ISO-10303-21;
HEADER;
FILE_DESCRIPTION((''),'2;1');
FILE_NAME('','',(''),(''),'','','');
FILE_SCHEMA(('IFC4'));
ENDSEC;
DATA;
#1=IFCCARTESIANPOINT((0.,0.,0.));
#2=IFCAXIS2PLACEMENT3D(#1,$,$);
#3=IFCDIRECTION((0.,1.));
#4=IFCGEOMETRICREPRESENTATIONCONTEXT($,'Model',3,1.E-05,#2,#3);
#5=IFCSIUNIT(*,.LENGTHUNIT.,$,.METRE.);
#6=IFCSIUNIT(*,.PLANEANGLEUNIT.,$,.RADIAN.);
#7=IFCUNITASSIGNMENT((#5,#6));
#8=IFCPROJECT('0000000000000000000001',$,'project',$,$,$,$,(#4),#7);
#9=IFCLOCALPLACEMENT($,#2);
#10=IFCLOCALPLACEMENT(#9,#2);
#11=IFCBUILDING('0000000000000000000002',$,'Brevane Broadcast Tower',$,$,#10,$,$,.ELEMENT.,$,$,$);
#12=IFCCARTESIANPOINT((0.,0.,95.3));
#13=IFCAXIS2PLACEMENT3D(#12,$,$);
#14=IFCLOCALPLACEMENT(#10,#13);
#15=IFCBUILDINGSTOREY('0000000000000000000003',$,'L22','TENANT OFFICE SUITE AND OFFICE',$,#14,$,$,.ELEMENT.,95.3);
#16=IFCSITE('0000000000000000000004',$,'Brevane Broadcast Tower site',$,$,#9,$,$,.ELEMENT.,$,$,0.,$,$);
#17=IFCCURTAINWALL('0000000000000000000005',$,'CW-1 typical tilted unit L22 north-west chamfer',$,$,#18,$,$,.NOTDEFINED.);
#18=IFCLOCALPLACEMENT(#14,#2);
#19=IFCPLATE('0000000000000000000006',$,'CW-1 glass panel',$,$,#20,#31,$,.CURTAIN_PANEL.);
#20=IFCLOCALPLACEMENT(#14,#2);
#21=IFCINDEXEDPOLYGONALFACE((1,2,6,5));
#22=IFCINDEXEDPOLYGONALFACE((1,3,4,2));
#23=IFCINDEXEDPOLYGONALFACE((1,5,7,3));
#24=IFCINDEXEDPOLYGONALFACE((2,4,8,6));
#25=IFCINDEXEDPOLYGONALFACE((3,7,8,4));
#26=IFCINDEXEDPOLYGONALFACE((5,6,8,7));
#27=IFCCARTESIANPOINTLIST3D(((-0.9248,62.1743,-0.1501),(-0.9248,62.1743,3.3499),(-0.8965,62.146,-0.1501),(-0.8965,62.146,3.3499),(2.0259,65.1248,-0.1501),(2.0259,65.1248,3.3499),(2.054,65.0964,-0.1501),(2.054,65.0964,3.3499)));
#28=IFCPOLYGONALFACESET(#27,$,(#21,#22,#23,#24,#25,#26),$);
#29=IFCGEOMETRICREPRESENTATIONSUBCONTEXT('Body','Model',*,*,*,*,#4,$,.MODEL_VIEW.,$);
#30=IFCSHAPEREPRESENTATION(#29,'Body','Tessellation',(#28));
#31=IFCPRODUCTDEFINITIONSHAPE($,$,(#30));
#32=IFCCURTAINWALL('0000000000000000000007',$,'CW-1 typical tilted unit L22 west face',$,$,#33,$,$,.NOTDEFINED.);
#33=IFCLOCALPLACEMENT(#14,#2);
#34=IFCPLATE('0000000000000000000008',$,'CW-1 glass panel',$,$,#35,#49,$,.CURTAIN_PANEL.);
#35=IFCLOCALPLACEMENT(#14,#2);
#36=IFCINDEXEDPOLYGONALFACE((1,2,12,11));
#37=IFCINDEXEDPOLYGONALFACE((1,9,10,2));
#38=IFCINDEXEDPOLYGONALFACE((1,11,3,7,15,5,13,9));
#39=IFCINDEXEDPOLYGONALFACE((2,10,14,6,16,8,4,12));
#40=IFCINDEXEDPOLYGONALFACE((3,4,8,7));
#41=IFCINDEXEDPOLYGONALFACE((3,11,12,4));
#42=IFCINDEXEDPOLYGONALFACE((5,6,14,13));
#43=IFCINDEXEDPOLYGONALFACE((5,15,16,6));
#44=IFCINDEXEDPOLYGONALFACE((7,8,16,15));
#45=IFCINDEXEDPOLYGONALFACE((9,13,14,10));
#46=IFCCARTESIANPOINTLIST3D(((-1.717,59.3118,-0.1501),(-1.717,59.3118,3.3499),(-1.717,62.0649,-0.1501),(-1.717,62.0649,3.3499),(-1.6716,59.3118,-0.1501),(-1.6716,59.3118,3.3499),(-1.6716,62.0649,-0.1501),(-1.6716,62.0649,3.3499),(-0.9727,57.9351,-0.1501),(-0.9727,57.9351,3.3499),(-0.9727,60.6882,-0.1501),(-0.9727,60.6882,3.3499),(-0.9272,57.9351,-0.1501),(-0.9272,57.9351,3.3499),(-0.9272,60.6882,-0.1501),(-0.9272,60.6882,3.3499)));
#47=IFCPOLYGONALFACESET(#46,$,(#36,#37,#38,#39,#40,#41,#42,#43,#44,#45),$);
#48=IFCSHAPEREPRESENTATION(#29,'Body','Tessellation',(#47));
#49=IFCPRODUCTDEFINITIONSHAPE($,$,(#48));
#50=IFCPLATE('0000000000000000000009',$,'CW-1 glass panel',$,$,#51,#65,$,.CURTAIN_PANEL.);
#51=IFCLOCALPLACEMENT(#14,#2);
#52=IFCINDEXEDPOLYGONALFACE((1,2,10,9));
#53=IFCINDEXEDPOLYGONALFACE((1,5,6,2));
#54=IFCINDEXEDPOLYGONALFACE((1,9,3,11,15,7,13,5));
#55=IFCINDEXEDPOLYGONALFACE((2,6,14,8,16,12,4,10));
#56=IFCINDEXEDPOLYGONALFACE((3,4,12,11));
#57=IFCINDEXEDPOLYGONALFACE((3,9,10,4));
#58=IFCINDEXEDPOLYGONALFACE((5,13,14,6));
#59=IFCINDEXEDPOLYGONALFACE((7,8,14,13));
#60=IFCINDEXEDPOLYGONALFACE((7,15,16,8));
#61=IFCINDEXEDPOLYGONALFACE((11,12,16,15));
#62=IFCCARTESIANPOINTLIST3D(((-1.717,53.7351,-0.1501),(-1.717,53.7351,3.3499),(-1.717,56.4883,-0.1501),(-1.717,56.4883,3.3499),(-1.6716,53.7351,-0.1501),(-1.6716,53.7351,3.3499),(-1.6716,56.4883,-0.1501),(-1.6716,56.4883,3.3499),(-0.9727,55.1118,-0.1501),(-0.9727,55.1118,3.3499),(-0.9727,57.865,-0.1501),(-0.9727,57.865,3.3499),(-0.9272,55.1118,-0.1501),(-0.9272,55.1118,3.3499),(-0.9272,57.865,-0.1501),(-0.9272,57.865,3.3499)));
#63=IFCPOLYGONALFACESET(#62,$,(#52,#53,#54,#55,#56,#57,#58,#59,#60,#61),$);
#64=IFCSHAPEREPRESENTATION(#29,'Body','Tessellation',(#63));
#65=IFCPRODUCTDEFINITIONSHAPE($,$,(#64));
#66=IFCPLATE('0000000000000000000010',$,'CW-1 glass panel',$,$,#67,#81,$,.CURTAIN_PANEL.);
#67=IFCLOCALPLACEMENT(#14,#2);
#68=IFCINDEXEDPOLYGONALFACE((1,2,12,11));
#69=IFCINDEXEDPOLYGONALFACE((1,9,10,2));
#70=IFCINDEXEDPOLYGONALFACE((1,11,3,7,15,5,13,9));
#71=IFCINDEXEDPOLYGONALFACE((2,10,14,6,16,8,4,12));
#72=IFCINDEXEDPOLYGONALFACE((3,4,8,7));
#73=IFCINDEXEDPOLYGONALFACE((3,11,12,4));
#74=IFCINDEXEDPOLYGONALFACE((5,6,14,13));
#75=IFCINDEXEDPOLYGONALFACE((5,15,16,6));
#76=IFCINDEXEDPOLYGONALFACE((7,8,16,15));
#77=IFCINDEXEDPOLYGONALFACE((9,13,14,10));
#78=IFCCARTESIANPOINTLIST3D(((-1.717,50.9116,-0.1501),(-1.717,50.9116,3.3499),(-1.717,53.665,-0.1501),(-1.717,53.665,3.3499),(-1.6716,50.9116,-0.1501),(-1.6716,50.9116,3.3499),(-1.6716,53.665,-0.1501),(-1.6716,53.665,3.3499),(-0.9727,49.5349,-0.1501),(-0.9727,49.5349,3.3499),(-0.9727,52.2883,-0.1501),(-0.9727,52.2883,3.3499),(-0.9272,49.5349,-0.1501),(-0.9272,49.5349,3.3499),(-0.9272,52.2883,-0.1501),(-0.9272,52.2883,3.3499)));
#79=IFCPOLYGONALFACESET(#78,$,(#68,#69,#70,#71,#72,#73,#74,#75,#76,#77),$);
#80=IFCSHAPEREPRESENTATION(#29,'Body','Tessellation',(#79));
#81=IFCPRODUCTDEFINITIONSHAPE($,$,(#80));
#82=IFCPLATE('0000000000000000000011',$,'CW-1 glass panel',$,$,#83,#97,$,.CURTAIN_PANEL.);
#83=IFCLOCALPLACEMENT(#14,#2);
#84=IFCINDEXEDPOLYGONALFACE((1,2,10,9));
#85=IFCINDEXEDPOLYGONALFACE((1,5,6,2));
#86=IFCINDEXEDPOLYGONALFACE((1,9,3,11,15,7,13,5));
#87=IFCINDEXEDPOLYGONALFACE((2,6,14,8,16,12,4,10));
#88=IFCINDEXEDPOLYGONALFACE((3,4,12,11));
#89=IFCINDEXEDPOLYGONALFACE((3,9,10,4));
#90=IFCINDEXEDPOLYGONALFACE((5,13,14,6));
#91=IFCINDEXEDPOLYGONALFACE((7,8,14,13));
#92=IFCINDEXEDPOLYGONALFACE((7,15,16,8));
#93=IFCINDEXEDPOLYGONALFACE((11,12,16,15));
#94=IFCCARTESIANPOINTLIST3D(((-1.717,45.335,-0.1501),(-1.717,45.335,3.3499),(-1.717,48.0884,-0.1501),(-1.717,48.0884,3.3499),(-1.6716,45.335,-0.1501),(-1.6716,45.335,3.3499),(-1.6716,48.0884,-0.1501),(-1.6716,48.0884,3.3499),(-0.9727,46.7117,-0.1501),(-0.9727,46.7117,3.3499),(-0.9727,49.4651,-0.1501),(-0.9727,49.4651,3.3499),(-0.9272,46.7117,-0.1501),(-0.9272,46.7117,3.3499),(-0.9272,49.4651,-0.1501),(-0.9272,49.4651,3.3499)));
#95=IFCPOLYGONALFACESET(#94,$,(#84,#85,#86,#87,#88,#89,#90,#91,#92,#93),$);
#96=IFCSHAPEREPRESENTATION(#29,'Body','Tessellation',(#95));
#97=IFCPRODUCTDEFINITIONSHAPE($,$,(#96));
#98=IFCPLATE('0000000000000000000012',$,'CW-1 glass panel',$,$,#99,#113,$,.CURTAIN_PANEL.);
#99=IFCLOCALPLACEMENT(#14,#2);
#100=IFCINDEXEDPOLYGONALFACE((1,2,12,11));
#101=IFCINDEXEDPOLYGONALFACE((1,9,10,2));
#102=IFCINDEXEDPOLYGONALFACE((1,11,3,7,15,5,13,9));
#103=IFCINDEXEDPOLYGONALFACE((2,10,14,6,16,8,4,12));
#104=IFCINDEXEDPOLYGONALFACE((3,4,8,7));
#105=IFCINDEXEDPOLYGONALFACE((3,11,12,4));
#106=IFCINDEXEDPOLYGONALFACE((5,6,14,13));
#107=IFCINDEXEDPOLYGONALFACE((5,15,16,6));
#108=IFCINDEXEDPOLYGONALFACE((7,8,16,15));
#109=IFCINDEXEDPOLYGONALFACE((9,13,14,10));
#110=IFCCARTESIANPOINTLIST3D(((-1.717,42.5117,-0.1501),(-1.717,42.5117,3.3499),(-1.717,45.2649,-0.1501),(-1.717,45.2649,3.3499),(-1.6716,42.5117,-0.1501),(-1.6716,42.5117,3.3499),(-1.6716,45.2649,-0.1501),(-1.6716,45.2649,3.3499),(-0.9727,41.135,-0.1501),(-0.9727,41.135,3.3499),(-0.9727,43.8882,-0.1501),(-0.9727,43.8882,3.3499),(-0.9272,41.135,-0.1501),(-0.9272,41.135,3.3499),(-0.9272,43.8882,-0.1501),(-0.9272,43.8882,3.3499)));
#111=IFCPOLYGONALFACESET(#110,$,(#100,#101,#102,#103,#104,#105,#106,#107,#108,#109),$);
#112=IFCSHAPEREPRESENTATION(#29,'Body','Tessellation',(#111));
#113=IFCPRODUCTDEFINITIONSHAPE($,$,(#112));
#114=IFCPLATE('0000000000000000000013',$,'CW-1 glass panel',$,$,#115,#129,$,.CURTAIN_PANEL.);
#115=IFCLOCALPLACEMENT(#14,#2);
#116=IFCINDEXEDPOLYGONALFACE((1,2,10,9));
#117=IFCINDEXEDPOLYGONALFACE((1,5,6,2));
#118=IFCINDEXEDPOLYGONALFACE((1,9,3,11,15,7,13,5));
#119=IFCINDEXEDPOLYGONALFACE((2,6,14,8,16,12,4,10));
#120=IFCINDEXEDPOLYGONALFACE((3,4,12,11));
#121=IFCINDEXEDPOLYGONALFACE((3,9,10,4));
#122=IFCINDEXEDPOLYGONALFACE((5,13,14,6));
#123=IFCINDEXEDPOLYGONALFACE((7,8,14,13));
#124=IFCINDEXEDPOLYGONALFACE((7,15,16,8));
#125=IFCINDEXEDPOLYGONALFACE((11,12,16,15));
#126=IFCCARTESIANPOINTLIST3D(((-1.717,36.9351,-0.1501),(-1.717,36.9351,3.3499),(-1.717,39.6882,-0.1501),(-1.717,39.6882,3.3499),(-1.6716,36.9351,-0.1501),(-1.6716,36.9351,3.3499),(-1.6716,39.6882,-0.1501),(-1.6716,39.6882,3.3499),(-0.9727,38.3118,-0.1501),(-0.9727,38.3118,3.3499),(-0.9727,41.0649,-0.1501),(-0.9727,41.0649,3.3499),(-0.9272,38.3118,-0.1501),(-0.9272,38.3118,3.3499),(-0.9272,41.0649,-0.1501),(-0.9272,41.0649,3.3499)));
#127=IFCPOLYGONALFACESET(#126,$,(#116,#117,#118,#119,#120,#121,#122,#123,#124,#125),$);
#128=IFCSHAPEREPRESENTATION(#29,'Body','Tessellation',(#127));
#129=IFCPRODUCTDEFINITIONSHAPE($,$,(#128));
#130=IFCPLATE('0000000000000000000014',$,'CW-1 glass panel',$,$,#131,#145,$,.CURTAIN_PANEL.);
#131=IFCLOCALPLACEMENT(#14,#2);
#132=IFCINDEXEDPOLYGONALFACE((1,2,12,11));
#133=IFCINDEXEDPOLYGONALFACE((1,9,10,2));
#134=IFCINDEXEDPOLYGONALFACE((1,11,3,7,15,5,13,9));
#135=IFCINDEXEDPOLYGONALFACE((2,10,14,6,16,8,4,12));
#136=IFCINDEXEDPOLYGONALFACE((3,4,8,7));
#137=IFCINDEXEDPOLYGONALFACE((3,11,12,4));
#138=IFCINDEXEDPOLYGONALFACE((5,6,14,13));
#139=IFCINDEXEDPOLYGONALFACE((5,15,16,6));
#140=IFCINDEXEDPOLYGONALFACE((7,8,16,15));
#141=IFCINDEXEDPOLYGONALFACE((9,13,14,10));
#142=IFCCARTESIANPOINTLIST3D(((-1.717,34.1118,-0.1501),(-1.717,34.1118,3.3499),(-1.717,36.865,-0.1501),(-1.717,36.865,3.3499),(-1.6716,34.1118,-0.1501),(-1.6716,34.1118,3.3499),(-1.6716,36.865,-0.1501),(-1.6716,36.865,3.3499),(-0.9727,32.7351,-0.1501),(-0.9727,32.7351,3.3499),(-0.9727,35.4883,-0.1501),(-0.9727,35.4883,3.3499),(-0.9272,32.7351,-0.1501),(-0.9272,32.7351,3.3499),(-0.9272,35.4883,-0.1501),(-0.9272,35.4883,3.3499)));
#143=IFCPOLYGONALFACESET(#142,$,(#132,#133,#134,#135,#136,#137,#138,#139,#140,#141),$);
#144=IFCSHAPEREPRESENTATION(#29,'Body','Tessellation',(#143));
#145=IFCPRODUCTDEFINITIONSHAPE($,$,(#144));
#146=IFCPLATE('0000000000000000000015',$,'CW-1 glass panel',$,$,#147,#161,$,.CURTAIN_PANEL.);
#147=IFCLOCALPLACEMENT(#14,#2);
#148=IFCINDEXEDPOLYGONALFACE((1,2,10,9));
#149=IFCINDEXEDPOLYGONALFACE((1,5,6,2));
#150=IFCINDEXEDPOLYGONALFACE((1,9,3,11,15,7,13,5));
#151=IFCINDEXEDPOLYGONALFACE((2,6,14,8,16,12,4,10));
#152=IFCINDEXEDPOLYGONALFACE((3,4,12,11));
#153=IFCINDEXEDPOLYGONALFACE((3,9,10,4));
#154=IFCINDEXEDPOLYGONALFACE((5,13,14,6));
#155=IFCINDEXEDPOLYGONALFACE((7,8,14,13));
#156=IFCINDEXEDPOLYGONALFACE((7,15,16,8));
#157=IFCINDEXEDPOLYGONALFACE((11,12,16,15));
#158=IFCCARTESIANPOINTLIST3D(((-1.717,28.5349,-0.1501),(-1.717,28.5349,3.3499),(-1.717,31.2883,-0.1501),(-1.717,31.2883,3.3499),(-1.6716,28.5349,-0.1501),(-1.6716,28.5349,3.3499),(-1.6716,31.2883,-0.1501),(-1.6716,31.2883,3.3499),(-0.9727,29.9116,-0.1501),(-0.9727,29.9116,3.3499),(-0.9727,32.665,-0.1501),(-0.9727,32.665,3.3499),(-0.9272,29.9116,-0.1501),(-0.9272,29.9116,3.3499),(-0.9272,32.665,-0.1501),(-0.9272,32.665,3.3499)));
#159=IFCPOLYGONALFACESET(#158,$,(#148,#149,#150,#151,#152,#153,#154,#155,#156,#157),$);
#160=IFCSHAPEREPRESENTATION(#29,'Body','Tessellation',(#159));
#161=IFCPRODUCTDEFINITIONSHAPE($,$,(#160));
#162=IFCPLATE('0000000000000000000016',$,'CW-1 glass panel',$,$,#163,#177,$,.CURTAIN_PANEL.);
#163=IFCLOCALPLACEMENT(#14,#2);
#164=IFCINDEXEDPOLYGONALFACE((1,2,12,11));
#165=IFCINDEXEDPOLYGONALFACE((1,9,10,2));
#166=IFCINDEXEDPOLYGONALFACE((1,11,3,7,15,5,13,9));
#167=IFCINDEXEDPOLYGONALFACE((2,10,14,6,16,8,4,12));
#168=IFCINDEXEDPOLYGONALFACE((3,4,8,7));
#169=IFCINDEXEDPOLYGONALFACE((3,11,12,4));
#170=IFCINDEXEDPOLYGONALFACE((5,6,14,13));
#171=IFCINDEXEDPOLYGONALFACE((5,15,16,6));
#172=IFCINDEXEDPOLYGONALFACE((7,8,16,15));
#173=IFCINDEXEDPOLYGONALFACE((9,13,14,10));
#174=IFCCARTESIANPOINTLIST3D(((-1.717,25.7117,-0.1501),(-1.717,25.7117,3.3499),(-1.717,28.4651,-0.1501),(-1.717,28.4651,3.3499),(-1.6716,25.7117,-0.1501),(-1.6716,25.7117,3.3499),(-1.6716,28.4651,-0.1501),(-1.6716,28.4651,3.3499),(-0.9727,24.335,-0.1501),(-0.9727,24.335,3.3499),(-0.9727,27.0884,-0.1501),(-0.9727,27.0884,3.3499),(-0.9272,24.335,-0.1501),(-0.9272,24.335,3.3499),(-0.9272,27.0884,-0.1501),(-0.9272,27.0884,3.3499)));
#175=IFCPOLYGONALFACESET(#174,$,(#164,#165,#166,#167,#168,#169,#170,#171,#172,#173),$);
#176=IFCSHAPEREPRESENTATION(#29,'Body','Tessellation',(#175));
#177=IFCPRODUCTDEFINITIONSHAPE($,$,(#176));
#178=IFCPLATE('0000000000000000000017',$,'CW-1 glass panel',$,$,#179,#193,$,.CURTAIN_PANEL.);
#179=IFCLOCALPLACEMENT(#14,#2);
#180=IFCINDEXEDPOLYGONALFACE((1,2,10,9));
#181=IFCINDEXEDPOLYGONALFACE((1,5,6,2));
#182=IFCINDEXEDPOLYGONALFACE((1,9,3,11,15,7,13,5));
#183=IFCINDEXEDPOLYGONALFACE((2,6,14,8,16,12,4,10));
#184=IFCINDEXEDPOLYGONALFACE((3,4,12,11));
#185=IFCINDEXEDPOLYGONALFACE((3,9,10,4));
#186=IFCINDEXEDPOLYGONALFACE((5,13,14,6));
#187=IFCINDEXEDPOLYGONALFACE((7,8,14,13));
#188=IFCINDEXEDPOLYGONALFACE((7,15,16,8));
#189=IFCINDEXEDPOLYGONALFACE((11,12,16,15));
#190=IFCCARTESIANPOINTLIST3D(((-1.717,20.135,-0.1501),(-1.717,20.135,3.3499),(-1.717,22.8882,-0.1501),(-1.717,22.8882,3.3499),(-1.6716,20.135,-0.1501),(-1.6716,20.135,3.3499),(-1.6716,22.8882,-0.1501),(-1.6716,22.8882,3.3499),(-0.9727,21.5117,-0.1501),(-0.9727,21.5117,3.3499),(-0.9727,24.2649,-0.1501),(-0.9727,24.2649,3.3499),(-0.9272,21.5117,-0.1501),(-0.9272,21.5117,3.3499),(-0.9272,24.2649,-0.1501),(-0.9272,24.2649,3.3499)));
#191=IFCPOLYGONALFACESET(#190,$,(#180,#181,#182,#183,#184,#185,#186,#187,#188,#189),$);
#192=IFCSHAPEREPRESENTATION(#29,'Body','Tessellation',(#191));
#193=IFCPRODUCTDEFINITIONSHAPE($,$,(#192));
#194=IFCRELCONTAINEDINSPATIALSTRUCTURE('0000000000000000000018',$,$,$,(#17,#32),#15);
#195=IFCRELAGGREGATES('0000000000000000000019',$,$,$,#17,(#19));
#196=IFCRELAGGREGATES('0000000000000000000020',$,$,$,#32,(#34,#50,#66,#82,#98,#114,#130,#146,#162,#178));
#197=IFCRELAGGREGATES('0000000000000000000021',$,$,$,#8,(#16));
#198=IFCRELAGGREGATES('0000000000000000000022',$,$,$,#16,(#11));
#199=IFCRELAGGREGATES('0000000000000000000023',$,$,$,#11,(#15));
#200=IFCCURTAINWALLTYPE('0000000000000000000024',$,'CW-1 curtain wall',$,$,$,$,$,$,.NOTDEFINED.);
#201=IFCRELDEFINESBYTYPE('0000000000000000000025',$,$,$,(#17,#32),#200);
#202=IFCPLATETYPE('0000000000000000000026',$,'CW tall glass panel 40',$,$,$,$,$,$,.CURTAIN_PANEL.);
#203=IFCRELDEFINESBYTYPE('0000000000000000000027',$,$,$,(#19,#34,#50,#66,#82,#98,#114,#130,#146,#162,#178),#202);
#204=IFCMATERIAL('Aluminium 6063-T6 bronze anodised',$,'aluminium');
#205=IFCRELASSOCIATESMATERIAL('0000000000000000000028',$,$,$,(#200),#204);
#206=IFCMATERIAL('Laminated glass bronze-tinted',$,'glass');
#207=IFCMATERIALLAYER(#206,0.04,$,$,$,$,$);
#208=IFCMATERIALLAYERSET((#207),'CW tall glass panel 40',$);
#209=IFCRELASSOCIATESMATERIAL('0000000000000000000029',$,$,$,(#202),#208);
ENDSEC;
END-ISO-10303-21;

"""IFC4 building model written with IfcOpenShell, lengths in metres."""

from ifc_helpers import new_model, si_unit, direction, frame, origin, place, context, subcontext, project, spatial, polyline, outline, extrude, material, layer, layer_set, type_object, element, aggregate, save


model = new_model("IFC4")

# Units and contexts
model_context = context("Model", 3, precision=1e-05, world=origin(), true_north=direction((0.0, 1.0)))
body_context = subcontext(model_context, "Body", "Model", "MODEL_VIEW")
ifc_project = project(units=[si_unit("LENGTHUNIT", "METRE"), si_unit("PLANEANGLEUNIT", "RADIAN")], contexts=[model_context])

# Site, building, storey
site_placement = place(None, origin())
site = spatial("IfcSite", under=ifc_project, at=site_placement, Name="Brevane Broadcast Tower site", CompositionType="ELEMENT", RefElevation=0.0)
building_placement = place(site_placement, origin())
building = spatial("IfcBuilding", under=site, at=building_placement, Name="Brevane Broadcast Tower", CompositionType="ELEMENT")
storey_placement = place(building_placement, frame((0.0, 0.0, 95.3)))
storey = spatial("IfcBuildingStorey", under=building, at=storey_placement, Name="L22", Description="TENANT OFFICE SUITE AND OFFICE", CompositionType="ELEMENT", Elevation=95.3)

# Curtain wall, plate
ifc_material_1 = material(Name="Aluminium 6063-T6 bronze anodised", Category="aluminium")
curtain_wall_type = type_object("IfcCurtainWallType", Name="CW-1 curtain wall", PredefinedType="NOTDEFINED", material=ifc_material_1)
curtain_wall_1_placement = place(storey_placement, origin())
curtain_wall_1 = element("IfcCurtainWall", 1, at=curtain_wall_1_placement, inside=storey, type_object=curtain_wall_type, Name="CW-1 typical tilted unit L22 north-west chamfer", PredefinedType="NOTDEFINED")
ifc_material_2 = material(Name="Laminated glass bronze-tinted", Category="glass")
ifc_layer_1 = layer(ifc_material_2, 0.04)
ifc_layer_set_1 = layer_set([ifc_layer_1], Name="CW tall glass panel 40")
plate_type = type_object("IfcPlateType", Name="CW tall glass panel 40", PredefinedType="CURTAIN_PANEL", material=ifc_layer_set_1)
plate_1_placement = place(storey_placement, frame((0.0, 0.0, -0.1501)))
plate_1 = element("IfcPlate", 2, at=plate_1_placement, type_object=plate_type, Name="CW-1 glass panel", PredefinedType="CURTAIN_PANEL", context=body_context, shape_type="SweptSolid", body=[
    extrude(outline(polyline([(2.054, 65.0964), (-0.8965, 62.146), (-0.9248, 62.1743), (2.0259, 65.1248), (2.054, 65.0964)])), origin(), (0.0, 0.0, 1.0), 3.5),
])
aggregate(curtain_wall_1, [plate_1])

# Curtain wall, plates
curtain_wall_2_placement = place(storey_placement, origin())
curtain_wall_2 = element("IfcCurtainWall", 3, at=curtain_wall_2_placement, inside=storey, type_object=curtain_wall_type, Name="CW-1 typical tilted unit L22 west face", PredefinedType="NOTDEFINED")
plate_2_placement = place(storey_placement, frame((0.0, 0.0, -0.1501)))
plate_2 = element("IfcPlate", 4, at=plate_2_placement, type_object=plate_type, Name="CW-1 glass panel", PredefinedType="CURTAIN_PANEL", context=body_context, shape_type="SweptSolid", body=[
    extrude(outline(polyline([(-1.6716, 62.0649), (-1.717, 62.0649), (-0.9727, 60.6882), (-1.717, 59.3118), (-0.9727, 57.9351), (-0.9272, 57.9351), (-1.6716, 59.3118), (-0.9272, 60.6882), (-1.6716, 62.0649)])), origin(), (0.0, 0.0, 1.0), 3.5),
])
plate_3_placement = place(storey_placement, frame((0.0, 0.0, -0.1501)))
plate_3 = element("IfcPlate", 5, at=plate_3_placement, type_object=plate_type, Name="CW-1 glass panel", PredefinedType="CURTAIN_PANEL", context=body_context, shape_type="SweptSolid", body=[
    extrude(outline(polyline([(-0.9272, 57.865), (-0.9727, 57.865), (-1.717, 56.4883), (-0.9727, 55.1118), (-1.717, 53.7351), (-1.6716, 53.7351), (-0.9272, 55.1118), (-1.6716, 56.4883), (-0.9272, 57.865)])), origin(), (0.0, 0.0, 1.0), 3.5),
])
plate_4_placement = place(storey_placement, frame((0.0, 0.0, -0.1501)))
plate_4 = element("IfcPlate", 6, at=plate_4_placement, type_object=plate_type, Name="CW-1 glass panel", PredefinedType="CURTAIN_PANEL", context=body_context, shape_type="SweptSolid", body=[
    extrude(outline(polyline([(-1.6716, 53.665), (-1.717, 53.665), (-0.9727, 52.2883), (-1.717, 50.9116), (-0.9727, 49.5349), (-0.9272, 49.5349), (-1.6716, 50.9116), (-0.9272, 52.2883), (-1.6716, 53.665)])), origin(), (0.0, 0.0, 1.0), 3.5),
])
plate_5_placement = place(storey_placement, frame((0.0, 0.0, -0.1501)))
plate_5 = element("IfcPlate", 7, at=plate_5_placement, type_object=plate_type, Name="CW-1 glass panel", PredefinedType="CURTAIN_PANEL", context=body_context, shape_type="SweptSolid", body=[
    extrude(outline(polyline([(-0.9272, 49.4651), (-0.9727, 49.4651), (-1.717, 48.0884), (-0.9727, 46.7117), (-1.717, 45.335), (-1.6716, 45.335), (-0.9272, 46.7117), (-1.6716, 48.0884), (-0.9272, 49.4651)])), origin(), (0.0, 0.0, 1.0), 3.5),
])
plate_6_placement = place(storey_placement, frame((0.0, 0.0, -0.1501)))
plate_6 = element("IfcPlate", 8, at=plate_6_placement, type_object=plate_type, Name="CW-1 glass panel", PredefinedType="CURTAIN_PANEL", context=body_context, shape_type="SweptSolid", body=[
    extrude(outline(polyline([(-1.6716, 45.2649), (-1.717, 45.2649), (-0.9727, 43.8882), (-1.717, 42.5117), (-0.9727, 41.135), (-0.9272, 41.135), (-1.6716, 42.5117), (-0.9272, 43.8882), (-1.6716, 45.2649)])), origin(), (0.0, 0.0, 1.0), 3.5),
])
plate_7_placement = place(storey_placement, frame((0.0, 0.0, -0.1501)))
plate_7 = element("IfcPlate", 9, at=plate_7_placement, type_object=plate_type, Name="CW-1 glass panel", PredefinedType="CURTAIN_PANEL", context=body_context, shape_type="SweptSolid", body=[
    extrude(outline(polyline([(-0.9272, 41.0649), (-0.9727, 41.0649), (-1.717, 39.6882), (-0.9727, 38.3118), (-1.717, 36.9351), (-1.6716, 36.9351), (-0.9272, 38.3118), (-1.6716, 39.6882), (-0.9272, 41.0649)])), origin(), (0.0, 0.0, 1.0), 3.5),
])
plate_8_placement = place(storey_placement, frame((0.0, 0.0, -0.1501)))
plate_8 = element("IfcPlate", 10, at=plate_8_placement, type_object=plate_type, Name="CW-1 glass panel", PredefinedType="CURTAIN_PANEL", context=body_context, shape_type="SweptSolid", body=[
    extrude(outline(polyline([(-1.6716, 36.865), (-1.717, 36.865), (-0.9727, 35.4883), (-1.717, 34.1118), (-0.9727, 32.7351), (-0.9272, 32.7351), (-1.6716, 34.1118), (-0.9272, 35.4883), (-1.6716, 36.865)])), origin(), (0.0, 0.0, 1.0), 3.5),
])
plate_9_placement = place(storey_placement, frame((0.0, 0.0, -0.1501)))
plate_9 = element("IfcPlate", 11, at=plate_9_placement, type_object=plate_type, Name="CW-1 glass panel", PredefinedType="CURTAIN_PANEL", context=body_context, shape_type="SweptSolid", body=[
    extrude(outline(polyline([(-0.9272, 32.665), (-0.9727, 32.665), (-1.717, 31.2883), (-0.9727, 29.9116), (-1.717, 28.5349), (-1.6716, 28.5349), (-0.9272, 29.9116), (-1.6716, 31.2883), (-0.9272, 32.665)])), origin(), (0.0, 0.0, 1.0), 3.5),
])
plate_10_placement = place(storey_placement, frame((0.0, 0.0, -0.1501)))
plate_10 = element("IfcPlate", 12, at=plate_10_placement, type_object=plate_type, Name="CW-1 glass panel", PredefinedType="CURTAIN_PANEL", context=body_context, shape_type="SweptSolid", body=[
    extrude(outline(polyline([(-1.6716, 28.4651), (-1.717, 28.4651), (-0.9727, 27.0884), (-1.717, 25.7117), (-0.9727, 24.335), (-0.9272, 24.335), (-1.6716, 25.7117), (-0.9272, 27.0884), (-1.6716, 28.4651)])), origin(), (0.0, 0.0, 1.0), 3.5),
])
plate_11_placement = place(storey_placement, frame((0.0, 0.0, -0.1501)))
plate_11 = element("IfcPlate", 13, at=plate_11_placement, type_object=plate_type, Name="CW-1 glass panel", PredefinedType="CURTAIN_PANEL", context=body_context, shape_type="SweptSolid", body=[
    extrude(outline(polyline([(-0.9272, 24.2649), (-0.9727, 24.2649), (-1.717, 22.8882), (-0.9727, 21.5117), (-1.717, 20.135), (-1.6716, 20.135), (-0.9272, 21.5117), (-1.6716, 22.8882), (-0.9272, 24.2649)])), origin(), (0.0, 0.0, 1.0), 3.5),
])
aggregate(curtain_wall_2, [plate_2, plate_3, plate_4, plate_5, plate_6, plate_7, plate_8, plate_9, plate_10, plate_11])

save(model, "model.ifc")
